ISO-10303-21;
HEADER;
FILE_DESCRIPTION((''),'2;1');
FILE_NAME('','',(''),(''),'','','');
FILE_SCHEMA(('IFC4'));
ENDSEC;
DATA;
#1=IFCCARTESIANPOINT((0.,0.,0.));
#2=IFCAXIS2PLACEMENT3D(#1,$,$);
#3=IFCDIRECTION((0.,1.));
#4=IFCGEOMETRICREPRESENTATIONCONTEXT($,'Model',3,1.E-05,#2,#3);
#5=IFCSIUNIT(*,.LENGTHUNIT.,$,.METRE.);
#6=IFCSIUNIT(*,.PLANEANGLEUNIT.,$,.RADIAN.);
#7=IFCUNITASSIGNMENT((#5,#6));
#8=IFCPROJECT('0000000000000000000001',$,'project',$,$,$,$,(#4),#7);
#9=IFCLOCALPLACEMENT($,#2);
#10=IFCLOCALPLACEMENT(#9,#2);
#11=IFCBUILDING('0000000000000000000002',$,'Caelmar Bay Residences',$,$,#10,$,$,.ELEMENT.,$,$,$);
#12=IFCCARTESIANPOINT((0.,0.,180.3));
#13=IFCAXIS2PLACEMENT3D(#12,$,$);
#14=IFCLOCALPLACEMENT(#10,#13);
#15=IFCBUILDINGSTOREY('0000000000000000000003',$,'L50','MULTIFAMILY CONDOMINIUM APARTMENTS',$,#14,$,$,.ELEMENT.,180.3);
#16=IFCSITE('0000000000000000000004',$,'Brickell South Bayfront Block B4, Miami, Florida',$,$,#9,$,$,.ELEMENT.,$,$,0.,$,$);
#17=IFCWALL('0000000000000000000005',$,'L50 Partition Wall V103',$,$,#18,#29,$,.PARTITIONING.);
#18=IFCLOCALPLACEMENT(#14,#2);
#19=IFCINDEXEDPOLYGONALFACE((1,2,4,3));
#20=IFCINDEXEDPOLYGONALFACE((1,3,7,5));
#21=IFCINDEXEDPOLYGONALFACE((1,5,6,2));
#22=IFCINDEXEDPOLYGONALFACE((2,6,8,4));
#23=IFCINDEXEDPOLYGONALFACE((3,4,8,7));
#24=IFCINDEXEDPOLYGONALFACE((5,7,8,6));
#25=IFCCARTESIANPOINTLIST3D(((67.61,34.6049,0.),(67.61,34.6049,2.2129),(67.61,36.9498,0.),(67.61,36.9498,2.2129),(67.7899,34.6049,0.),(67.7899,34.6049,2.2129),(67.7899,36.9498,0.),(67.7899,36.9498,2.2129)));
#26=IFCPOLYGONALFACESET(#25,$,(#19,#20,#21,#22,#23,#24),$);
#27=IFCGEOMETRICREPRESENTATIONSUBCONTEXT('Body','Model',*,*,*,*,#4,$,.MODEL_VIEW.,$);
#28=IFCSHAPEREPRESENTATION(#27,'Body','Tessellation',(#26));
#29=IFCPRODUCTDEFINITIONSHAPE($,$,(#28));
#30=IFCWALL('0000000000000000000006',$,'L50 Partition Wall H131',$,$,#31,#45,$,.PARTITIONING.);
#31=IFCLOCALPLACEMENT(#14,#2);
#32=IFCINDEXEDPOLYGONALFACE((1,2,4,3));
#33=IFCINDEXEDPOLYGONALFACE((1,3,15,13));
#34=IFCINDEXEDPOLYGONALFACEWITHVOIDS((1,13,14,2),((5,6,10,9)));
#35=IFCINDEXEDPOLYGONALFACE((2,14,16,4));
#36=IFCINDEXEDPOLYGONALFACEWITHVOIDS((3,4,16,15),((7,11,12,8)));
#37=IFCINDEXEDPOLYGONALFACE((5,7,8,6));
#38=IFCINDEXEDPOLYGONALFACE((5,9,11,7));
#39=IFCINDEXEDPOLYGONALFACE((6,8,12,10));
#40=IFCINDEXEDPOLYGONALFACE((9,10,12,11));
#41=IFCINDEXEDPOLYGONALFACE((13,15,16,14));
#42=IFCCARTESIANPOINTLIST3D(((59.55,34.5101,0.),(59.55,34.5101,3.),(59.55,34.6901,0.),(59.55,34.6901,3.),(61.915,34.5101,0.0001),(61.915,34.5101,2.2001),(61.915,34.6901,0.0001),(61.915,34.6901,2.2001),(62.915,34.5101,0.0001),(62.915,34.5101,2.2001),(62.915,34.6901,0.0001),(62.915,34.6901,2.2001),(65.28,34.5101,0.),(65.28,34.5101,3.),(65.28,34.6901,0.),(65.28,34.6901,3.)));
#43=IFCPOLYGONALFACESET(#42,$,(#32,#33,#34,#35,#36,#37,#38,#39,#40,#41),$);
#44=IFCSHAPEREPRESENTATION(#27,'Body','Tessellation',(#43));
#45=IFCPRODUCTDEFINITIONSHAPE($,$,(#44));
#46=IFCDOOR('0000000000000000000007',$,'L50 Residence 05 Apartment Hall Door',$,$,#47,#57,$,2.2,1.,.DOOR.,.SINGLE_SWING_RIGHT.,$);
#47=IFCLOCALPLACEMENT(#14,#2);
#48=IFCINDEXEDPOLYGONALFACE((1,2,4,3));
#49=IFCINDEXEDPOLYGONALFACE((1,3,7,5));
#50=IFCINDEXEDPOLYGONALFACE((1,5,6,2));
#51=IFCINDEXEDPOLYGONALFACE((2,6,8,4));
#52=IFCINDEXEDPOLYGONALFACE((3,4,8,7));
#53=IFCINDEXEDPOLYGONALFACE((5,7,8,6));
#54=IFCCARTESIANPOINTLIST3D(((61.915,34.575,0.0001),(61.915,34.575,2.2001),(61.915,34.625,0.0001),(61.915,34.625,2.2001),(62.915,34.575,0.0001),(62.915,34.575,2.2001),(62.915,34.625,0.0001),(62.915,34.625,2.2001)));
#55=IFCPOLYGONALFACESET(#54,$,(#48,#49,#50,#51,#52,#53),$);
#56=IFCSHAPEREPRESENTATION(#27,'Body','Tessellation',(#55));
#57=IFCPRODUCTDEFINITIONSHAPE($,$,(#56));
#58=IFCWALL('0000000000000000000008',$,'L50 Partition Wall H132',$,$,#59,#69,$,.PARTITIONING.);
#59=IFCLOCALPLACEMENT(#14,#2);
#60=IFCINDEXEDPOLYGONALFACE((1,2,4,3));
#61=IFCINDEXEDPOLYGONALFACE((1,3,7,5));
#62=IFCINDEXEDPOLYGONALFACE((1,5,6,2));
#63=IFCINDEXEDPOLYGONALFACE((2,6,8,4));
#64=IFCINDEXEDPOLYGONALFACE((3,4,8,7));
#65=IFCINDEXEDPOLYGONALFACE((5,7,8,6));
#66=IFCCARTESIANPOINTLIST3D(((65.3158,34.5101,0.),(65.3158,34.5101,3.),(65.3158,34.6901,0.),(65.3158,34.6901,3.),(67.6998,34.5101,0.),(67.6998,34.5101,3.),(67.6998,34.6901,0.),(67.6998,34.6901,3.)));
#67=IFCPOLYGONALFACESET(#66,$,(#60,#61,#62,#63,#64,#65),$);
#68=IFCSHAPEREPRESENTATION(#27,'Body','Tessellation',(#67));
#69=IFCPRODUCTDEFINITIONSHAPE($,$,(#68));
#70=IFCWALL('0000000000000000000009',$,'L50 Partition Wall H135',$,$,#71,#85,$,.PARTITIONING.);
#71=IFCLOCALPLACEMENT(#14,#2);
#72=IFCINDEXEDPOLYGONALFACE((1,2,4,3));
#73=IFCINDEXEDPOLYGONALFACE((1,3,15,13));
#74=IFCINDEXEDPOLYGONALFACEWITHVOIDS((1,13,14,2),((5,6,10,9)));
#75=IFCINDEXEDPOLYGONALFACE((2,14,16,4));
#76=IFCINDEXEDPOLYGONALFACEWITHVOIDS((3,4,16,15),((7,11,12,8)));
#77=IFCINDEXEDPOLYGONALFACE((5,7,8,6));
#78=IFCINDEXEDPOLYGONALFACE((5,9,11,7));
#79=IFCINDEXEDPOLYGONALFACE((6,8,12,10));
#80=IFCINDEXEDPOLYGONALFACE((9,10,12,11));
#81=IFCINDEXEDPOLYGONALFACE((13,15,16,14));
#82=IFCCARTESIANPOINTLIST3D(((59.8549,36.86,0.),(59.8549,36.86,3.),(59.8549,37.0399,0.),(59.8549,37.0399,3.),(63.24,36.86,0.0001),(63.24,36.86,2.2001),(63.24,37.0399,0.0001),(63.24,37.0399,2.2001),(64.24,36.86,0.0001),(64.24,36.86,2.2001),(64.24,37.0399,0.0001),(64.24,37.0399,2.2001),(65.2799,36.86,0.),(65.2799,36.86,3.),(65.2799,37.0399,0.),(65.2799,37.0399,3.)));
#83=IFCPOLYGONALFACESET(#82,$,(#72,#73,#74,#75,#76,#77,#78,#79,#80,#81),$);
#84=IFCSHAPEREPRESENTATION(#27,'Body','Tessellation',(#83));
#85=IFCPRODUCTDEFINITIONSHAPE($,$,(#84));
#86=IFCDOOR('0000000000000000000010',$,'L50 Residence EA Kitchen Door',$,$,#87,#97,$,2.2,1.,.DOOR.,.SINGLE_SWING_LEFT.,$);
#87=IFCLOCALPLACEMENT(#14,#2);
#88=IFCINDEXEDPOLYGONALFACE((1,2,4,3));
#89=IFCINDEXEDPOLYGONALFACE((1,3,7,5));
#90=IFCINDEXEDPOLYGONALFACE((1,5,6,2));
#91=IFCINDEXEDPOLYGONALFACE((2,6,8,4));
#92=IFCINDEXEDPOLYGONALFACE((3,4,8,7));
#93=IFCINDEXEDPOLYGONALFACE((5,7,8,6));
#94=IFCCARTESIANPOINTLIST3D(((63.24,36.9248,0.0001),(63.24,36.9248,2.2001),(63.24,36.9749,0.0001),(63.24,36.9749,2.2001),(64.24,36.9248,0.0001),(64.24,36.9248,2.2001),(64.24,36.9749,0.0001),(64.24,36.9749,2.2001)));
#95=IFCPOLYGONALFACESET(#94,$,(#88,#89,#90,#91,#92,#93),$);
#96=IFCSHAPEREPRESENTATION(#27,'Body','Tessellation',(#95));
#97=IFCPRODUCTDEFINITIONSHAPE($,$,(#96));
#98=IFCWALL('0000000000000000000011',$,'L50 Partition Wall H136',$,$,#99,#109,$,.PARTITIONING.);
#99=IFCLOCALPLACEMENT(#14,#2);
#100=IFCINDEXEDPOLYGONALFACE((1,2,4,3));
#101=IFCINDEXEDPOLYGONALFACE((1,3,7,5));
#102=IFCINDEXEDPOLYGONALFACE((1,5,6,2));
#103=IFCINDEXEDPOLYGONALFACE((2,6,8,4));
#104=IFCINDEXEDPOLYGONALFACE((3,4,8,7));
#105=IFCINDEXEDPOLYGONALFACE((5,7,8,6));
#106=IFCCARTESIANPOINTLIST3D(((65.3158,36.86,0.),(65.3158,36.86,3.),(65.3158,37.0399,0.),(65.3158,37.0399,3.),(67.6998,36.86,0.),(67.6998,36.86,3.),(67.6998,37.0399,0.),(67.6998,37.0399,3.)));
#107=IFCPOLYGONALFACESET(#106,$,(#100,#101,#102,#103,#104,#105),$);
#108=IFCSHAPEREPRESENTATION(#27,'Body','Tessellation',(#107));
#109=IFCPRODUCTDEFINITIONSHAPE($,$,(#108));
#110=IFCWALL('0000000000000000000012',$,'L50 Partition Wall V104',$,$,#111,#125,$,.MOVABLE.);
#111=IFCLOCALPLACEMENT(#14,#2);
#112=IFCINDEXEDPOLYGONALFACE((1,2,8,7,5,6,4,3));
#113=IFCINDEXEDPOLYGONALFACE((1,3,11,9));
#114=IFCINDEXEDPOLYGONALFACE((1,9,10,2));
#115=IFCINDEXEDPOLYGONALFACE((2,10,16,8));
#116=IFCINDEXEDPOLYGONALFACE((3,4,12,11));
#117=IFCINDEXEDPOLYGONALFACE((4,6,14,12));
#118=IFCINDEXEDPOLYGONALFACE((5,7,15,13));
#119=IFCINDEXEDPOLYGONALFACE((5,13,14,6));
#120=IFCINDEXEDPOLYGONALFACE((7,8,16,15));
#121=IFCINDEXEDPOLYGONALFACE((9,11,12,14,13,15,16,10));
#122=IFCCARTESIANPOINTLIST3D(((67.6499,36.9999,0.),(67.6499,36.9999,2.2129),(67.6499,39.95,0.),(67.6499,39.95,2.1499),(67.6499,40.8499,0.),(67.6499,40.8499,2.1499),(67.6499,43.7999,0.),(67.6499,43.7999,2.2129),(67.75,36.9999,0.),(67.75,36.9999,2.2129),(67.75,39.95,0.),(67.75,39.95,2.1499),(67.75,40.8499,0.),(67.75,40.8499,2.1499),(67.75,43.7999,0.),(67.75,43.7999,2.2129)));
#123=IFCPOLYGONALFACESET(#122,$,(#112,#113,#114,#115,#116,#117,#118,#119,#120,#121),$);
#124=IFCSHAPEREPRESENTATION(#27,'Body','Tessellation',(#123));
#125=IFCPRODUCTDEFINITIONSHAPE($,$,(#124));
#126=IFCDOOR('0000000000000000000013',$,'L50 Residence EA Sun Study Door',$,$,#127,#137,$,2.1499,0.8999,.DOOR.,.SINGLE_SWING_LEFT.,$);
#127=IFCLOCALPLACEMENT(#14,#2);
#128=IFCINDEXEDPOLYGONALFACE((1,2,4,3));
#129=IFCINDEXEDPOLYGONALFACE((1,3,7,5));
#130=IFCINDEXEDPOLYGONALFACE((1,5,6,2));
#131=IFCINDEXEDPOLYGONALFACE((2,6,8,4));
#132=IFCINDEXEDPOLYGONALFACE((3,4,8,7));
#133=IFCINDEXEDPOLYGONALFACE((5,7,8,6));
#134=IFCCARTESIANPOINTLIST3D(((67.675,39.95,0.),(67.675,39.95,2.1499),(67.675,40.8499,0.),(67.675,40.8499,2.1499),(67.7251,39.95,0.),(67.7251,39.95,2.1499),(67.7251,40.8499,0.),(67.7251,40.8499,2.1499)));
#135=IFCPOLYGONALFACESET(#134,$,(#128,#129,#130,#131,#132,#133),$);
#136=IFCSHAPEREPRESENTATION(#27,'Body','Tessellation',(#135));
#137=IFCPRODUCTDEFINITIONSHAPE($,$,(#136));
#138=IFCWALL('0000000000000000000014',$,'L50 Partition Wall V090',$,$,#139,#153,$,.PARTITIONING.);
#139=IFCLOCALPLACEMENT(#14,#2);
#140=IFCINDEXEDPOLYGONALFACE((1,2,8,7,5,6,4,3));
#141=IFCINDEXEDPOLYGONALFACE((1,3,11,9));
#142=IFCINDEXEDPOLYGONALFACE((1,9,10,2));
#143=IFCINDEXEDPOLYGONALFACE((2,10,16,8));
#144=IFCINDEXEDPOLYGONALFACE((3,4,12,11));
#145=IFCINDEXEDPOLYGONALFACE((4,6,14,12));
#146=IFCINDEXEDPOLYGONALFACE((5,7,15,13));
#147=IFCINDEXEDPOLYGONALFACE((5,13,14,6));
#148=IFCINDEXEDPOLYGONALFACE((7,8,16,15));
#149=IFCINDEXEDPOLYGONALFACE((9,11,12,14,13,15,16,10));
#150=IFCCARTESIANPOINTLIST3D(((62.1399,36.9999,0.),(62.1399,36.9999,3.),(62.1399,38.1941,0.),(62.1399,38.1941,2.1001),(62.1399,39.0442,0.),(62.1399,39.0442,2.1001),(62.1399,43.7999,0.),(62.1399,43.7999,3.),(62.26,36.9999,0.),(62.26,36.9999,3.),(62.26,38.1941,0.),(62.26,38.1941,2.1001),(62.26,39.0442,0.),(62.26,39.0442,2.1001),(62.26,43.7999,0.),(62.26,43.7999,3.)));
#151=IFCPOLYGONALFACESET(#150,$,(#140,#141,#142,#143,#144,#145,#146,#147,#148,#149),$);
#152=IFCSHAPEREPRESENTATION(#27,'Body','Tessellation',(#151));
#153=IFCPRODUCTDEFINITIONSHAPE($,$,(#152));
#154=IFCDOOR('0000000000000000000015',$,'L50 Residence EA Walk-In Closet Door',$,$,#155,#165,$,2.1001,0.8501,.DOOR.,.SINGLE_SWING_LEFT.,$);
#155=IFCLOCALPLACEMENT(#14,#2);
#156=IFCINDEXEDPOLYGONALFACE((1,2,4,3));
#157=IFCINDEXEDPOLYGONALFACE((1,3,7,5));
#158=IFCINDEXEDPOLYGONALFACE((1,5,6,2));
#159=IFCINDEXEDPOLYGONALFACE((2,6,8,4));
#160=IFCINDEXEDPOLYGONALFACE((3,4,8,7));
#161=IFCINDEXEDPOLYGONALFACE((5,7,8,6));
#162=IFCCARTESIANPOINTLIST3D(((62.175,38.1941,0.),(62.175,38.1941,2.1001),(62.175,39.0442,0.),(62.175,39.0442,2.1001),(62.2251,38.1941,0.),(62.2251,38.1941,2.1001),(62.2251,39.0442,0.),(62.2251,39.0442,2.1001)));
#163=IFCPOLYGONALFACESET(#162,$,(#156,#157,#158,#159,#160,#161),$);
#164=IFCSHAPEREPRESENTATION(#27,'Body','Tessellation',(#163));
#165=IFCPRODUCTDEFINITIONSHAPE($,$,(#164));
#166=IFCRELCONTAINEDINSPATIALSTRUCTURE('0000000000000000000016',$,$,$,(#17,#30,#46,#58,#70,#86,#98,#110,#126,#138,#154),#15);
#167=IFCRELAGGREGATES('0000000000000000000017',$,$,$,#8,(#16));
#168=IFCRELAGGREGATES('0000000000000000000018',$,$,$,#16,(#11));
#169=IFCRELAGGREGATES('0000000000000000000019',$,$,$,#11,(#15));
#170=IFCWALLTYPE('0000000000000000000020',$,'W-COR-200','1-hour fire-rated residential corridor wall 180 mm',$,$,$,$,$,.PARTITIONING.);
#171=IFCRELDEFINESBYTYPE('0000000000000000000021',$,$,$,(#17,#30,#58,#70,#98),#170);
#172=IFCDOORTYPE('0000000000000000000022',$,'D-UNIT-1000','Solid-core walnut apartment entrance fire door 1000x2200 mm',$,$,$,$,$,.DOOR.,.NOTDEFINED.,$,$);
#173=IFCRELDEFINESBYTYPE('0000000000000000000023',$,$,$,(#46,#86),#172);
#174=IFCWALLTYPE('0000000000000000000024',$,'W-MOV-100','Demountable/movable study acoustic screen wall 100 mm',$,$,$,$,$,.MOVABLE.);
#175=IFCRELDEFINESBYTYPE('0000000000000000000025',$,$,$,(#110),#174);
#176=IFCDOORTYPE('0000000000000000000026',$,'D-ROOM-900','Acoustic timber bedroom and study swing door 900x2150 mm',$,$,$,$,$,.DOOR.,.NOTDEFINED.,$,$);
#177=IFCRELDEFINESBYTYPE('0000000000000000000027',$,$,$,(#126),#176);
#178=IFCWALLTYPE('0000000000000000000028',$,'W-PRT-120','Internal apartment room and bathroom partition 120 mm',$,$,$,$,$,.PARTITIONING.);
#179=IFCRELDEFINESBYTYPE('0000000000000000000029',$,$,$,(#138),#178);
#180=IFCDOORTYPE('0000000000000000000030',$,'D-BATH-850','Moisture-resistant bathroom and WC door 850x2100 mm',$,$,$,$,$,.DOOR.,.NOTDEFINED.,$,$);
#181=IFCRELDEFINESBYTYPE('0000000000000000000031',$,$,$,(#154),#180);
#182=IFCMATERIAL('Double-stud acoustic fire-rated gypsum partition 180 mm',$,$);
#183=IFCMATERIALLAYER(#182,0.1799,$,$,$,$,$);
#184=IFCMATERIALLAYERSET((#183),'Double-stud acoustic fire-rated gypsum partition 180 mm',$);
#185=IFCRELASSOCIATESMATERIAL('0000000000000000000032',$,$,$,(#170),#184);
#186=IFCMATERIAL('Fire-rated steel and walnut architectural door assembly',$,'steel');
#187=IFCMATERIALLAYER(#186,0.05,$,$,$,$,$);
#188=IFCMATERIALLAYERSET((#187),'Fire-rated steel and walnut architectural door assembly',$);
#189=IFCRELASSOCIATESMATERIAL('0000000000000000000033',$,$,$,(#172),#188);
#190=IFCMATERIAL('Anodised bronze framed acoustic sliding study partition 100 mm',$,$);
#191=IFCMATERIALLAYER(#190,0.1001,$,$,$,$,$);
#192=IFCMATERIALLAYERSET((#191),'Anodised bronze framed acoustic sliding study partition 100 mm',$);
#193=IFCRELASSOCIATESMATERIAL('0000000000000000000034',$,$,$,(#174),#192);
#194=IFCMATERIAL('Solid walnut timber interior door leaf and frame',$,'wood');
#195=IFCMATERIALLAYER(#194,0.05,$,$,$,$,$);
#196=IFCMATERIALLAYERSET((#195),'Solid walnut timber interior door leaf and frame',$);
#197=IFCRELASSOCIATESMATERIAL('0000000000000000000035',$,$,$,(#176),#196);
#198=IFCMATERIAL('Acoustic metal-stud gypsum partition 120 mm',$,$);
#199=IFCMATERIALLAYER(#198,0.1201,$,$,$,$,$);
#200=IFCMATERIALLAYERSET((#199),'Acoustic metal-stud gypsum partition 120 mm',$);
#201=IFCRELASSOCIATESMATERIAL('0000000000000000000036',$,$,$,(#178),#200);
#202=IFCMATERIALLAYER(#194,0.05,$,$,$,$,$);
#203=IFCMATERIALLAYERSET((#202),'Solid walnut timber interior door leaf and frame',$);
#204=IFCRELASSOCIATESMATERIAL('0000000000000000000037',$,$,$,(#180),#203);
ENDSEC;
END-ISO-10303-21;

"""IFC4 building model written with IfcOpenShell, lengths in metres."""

from ifc_helpers import new_model, si_unit, direction, frame, frame_2d, origin, place, context, subcontext, project, spatial, rectangle, extrude, material, layer, layer_set, type_object, element, fill, save


model = new_model("IFC4")

# Units and contexts
model_context = context("Model", 3, precision=1e-05, world=origin(), true_north=direction((0.0, 1.0)))
body_context = subcontext(model_context, "Body", "Model", "MODEL_VIEW")
ifc_project = project(units=[si_unit("LENGTHUNIT", "METRE"), si_unit("PLANEANGLEUNIT", "RADIAN")], contexts=[model_context])

# Site, building, storey
site_placement = place(None, origin())
site = spatial("IfcSite", under=ifc_project, at=site_placement, Name="Brickell South Bayfront Block B4, Miami, Florida", CompositionType="ELEMENT", RefElevation=0.0)
building_placement = place(site_placement, origin())
building = spatial("IfcBuilding", under=site, at=building_placement, Name="Caelmar Bay Residences", CompositionType="ELEMENT")
storey_placement = place(building_placement, frame((0.0, 0.0, 180.3)))
storey = spatial("IfcBuildingStorey", under=building, at=storey_placement, Name="L50", Description="MULTIFAMILY CONDOMINIUM APARTMENTS", CompositionType="ELEMENT", Elevation=180.3)

# Wall
ifc_material_1 = material(Name="Double-stud acoustic fire-rated gypsum partition 180 mm")
ifc_layer_1 = layer(ifc_material_1, 0.1799)
ifc_layer_set_1 = layer_set([ifc_layer_1], Name="Double-stud acoustic fire-rated gypsum partition 180 mm")
wall_type_1 = type_object("IfcWallType", Name="W-COR-200", Description="1-hour fire-rated residential corridor wall 180 mm", PredefinedType="PARTITIONING", material=ifc_layer_set_1)
wall_1_placement = place(storey_placement, frame((67.7, 34.605, 0.0), z_axis=(0.0, 0.0, 1.0), x_axis=(0.0, 1.0, 0.0)))
element("IfcWall", 1, at=wall_1_placement, inside=storey, type_object=wall_type_1, Name="L50 Partition Wall V103", PredefinedType="PARTITIONING", context=body_context, shape_type="SweptSolid", body=[
    extrude(rectangle(XDim=2.345, YDim=0.1799, at=frame_2d((1.1724, 0.0))), origin(), (0.0, 0.0, 1.0), 2.2129),
])

# Wall, opening, door
wall_2_placement = place(storey_placement, frame((59.55, 34.6001, 0.0), z_axis=(0.0, 0.0, 1.0), x_axis=(1.0, 0.0, 0.0)))
wall_2 = element("IfcWall", 2, at=wall_2_placement, inside=storey, type_object=wall_type_1, Name="L50 Partition Wall H131", PredefinedType="PARTITIONING", context=body_context, shape_type="SweptSolid", body=[
    extrude(rectangle(XDim=5.73, YDim=0.1799, at=frame_2d((2.865, 0.0))), origin(), (0.0, 0.0, 1.0), 3.0),
])
opening_1_placement = place(wall_2_placement, frame((2.365, 0.0, 0.0)))
opening_1 = element("IfcOpeningElement", 3, at=opening_1_placement, cuts=wall_2, PredefinedType="OPENING", context=body_context, shape_type="SweptSolid", body=[
    extrude(rectangle(XDim=1.0, YDim=2.2, at=frame_2d((0.5, 1.1001))), frame((0.0, 0.0999, 0.0), z_axis=(0.0, -1.0, 0.0), x_axis=(1.0, 0.0, 0.0)), (0.0, 0.0, 1.0), 0.2),
])
ifc_material_2 = material(Name="Fire-rated steel and walnut architectural door assembly", Category="steel")
ifc_layer_2 = layer(ifc_material_2, 0.05)
ifc_layer_set_2 = layer_set([ifc_layer_2], Name="Fire-rated steel and walnut architectural door assembly")
door_type_1 = type_object("IfcDoorType", Name="D-UNIT-1000", Description="Solid-core walnut apartment entrance fire door 1000x2200 mm", OperationType="NOTDEFINED", PredefinedType="DOOR", material=ifc_layer_set_2)
door_1_placement = place(opening_1_placement, origin())
door_1 = element("IfcDoor", 4, at=door_1_placement, inside=storey, type_object=door_type_1, Name="L50 Residence 05 Apartment Hall Door", OperationType="SINGLE_SWING_RIGHT", OverallHeight=2.2, OverallWidth=1.0, PredefinedType="DOOR", context=body_context, shape_type="SweptSolid", body=[
    extrude(rectangle(XDim=1.0, YDim=2.2, at=frame_2d((0.5, 1.1001))), frame((0.0, 0.0249, 0.0), z_axis=(0.0, -1.0, 0.0), x_axis=(1.0, 0.0, 0.0)), (0.0, 0.0, 1.0), 0.05),
])
fill(opening_1, door_1)

# Wall
wall_3_placement = place(storey_placement, frame((65.3159, 34.6001, 0.0), z_axis=(0.0, 0.0, 1.0), x_axis=(1.0, 0.0, 0.0)))
element("IfcWall", 5, at=wall_3_placement, inside=storey, type_object=wall_type_1, Name="L50 Partition Wall H132", PredefinedType="PARTITIONING", context=body_context, shape_type="SweptSolid", body=[
    extrude(rectangle(XDim=2.384, YDim=0.1799, at=frame_2d((1.1919, 0.0))), origin(), (0.0, 0.0, 1.0), 3.0),
])

# Wall, opening, door
wall_4_placement = place(storey_placement, frame((59.855, 36.95, 0.0), z_axis=(0.0, 0.0, 1.0), x_axis=(1.0, 0.0, 0.0)))
wall_4 = element("IfcWall", 6, at=wall_4_placement, inside=storey, type_object=wall_type_1, Name="L50 Partition Wall H135", PredefinedType="PARTITIONING", context=body_context, shape_type="SweptSolid", body=[
    extrude(rectangle(XDim=5.425, YDim=0.1799, at=frame_2d((2.7124, 0.0))), origin(), (0.0, 0.0, 1.0), 3.0),
])
opening_2_placement = place(wall_4_placement, frame((3.385, 0.0, 0.0)))
opening_2 = element("IfcOpeningElement", 7, at=opening_2_placement, cuts=wall_4, PredefinedType="OPENING", context=body_context, shape_type="SweptSolid", body=[
    extrude(rectangle(XDim=1.0, YDim=2.2, at=frame_2d((0.5, 1.1001))), frame((0.0, 0.0999, 0.0), z_axis=(0.0, -1.0, 0.0), x_axis=(1.0, 0.0, 0.0)), (0.0, 0.0, 1.0), 0.2),
])
door_2_placement = place(opening_2_placement, origin())
door_2 = element("IfcDoor", 8, at=door_2_placement, inside=storey, type_object=door_type_1, Name="L50 Residence EA Kitchen Door", OperationType="SINGLE_SWING_LEFT", OverallHeight=2.2, OverallWidth=1.0, PredefinedType="DOOR", context=body_context, shape_type="SweptSolid", body=[
    extrude(rectangle(XDim=1.0, YDim=2.2, at=frame_2d((0.5, 1.1001))), frame((0.0, 0.0249, 0.0), z_axis=(0.0, -1.0, 0.0), x_axis=(1.0, 0.0, 0.0)), (0.0, 0.0, 1.0), 0.05),
])
fill(opening_2, door_2)

# Wall
wall_5_placement = place(storey_placement, frame((65.3159, 36.95, 0.0), z_axis=(0.0, 0.0, 1.0), x_axis=(1.0, 0.0, 0.0)))
element("IfcWall", 9, at=wall_5_placement, inside=storey, type_object=wall_type_1, Name="L50 Partition Wall H136", PredefinedType="PARTITIONING", context=body_context, shape_type="SweptSolid", body=[
    extrude(rectangle(XDim=2.384, YDim=0.1799, at=frame_2d((1.1919, 0.0))), origin(), (0.0, 0.0, 1.0), 3.0),
])

# Walls, openings, doors
ifc_material_3 = material(Name="Anodised bronze framed acoustic sliding study partition 100 mm")
ifc_layer_3 = layer(ifc_material_3, 0.1001)
ifc_layer_set_3 = layer_set([ifc_layer_3], Name="Anodised bronze framed acoustic sliding study partition 100 mm")
wall_type_2 = type_object("IfcWallType", Name="W-MOV-100", Description="Demountable/movable study acoustic screen wall 100 mm", PredefinedType="MOVABLE", material=ifc_layer_set_3)
wall_6_placement = place(storey_placement, frame((67.7, 37.0, 0.0), z_axis=(0.0, 0.0, 1.0), x_axis=(0.0, 1.0, 0.0)))
wall_6 = element("IfcWall", 10, at=wall_6_placement, inside=storey, type_object=wall_type_2, Name="L50 Partition Wall V104", PredefinedType="MOVABLE", context=body_context, shape_type="SweptSolid", body=[
    extrude(rectangle(XDim=6.8, YDim=0.1001, at=frame_2d((3.3999, 0.0))), origin(), (0.0, 0.0, 1.0), 2.2129),
])
opening_3_placement = place(wall_6_placement, frame((2.95, 0.0, 0.0)))
opening_3 = element("IfcOpeningElement", 11, at=opening_3_placement, cuts=wall_6, PredefinedType="OPENING", context=body_context, shape_type="SweptSolid", body=[
    extrude(rectangle(XDim=0.8999, YDim=2.1499, at=frame_2d((0.45, 1.075))), frame((0.0, 0.0601, 0.0), z_axis=(0.0, -1.0, 0.0), x_axis=(1.0, 0.0, 0.0)), (0.0, 0.0, 1.0), 0.1201),
])
ifc_material_4 = material(Name="Solid walnut timber interior door leaf and frame", Category="wood")
ifc_layer_4 = layer(ifc_material_4, 0.05)
ifc_layer_set_4 = layer_set([ifc_layer_4], Name="Solid walnut timber interior door leaf and frame")
door_type_2 = type_object("IfcDoorType", Name="D-ROOM-900", Description="Acoustic timber bedroom and study swing door 900x2150 mm", OperationType="NOTDEFINED", PredefinedType="DOOR", material=ifc_layer_set_4)
door_3_placement = place(opening_3_placement, origin())
door_3 = element("IfcDoor", 12, at=door_3_placement, inside=storey, type_object=door_type_2, Name="L50 Residence EA Sun Study Door", OperationType="SINGLE_SWING_LEFT", OverallHeight=2.1499, OverallWidth=0.8999, PredefinedType="DOOR", context=body_context, shape_type="SweptSolid", body=[
    extrude(rectangle(XDim=0.8999, YDim=2.1499, at=frame_2d((0.45, 1.075))), frame((0.0, 0.0249, 0.0), z_axis=(0.0, -1.0, 0.0), x_axis=(1.0, 0.0, 0.0)), (0.0, 0.0, 1.0), 0.05),
])
fill(opening_3, door_3)
ifc_material_5 = material(Name="Acoustic metal-stud gypsum partition 120 mm")
ifc_layer_5 = layer(ifc_material_5, 0.1201)
ifc_layer_set_5 = layer_set([ifc_layer_5], Name="Acoustic metal-stud gypsum partition 120 mm")
wall_type_3 = type_object("IfcWallType", Name="W-PRT-120", Description="Internal apartment room and bathroom partition 120 mm", PredefinedType="PARTITIONING", material=ifc_layer_set_5)
wall_7_placement = place(storey_placement, frame((62.2, 37.0, 0.0), z_axis=(0.0, 0.0, 1.0), x_axis=(0.0, 1.0, 0.0)))
wall_7 = element("IfcWall", 13, at=wall_7_placement, inside=storey, type_object=wall_type_3, Name="L50 Partition Wall V090", PredefinedType="PARTITIONING", context=body_context, shape_type="SweptSolid", body=[
    extrude(rectangle(XDim=6.8, YDim=0.1201, at=frame_2d((3.3999, 0.0))), origin(), (0.0, 0.0, 1.0), 3.0),
])
opening_4_placement = place(wall_7_placement, frame((1.1941, 0.0, 0.0)))
opening_4 = element("IfcOpeningElement", 14, at=opening_4_placement, cuts=wall_7, PredefinedType="OPENING", context=body_context, shape_type="SweptSolid", body=[
    extrude(rectangle(XDim=0.8501, YDim=2.1001, at=frame_2d((0.425, 1.05))), frame((0.0, 0.0701, 0.0), z_axis=(0.0, -1.0, 0.0), x_axis=(1.0, 0.0, 0.0)), (0.0, 0.0, 1.0), 0.1401),
])
ifc_layer_6 = layer(ifc_material_4, 0.05)
ifc_layer_set_6 = layer_set([ifc_layer_6], Name="Solid walnut timber interior door leaf and frame")
door_type_3 = type_object("IfcDoorType", Name="D-BATH-850", Description="Moisture-resistant bathroom and WC door 850x2100 mm", OperationType="NOTDEFINED", PredefinedType="DOOR", material=ifc_layer_set_6)
door_4_placement = place(opening_4_placement, origin())
door_4 = element("IfcDoor", 15, at=door_4_placement, inside=storey, type_object=door_type_3, Name="L50 Residence EA Walk-In Closet Door", OperationType="SINGLE_SWING_LEFT", OverallHeight=2.1001, OverallWidth=0.8501, PredefinedType="DOOR", context=body_context, shape_type="SweptSolid", body=[
    extrude(rectangle(XDim=0.8501, YDim=2.1001, at=frame_2d((0.425, 1.05))), frame((0.0, 0.0249, 0.0), z_axis=(0.0, -1.0, 0.0), x_axis=(1.0, 0.0, 0.0)), (0.0, 0.0, 1.0), 0.05),
])
fill(opening_4, door_4)

save(model, "model.ifc")
